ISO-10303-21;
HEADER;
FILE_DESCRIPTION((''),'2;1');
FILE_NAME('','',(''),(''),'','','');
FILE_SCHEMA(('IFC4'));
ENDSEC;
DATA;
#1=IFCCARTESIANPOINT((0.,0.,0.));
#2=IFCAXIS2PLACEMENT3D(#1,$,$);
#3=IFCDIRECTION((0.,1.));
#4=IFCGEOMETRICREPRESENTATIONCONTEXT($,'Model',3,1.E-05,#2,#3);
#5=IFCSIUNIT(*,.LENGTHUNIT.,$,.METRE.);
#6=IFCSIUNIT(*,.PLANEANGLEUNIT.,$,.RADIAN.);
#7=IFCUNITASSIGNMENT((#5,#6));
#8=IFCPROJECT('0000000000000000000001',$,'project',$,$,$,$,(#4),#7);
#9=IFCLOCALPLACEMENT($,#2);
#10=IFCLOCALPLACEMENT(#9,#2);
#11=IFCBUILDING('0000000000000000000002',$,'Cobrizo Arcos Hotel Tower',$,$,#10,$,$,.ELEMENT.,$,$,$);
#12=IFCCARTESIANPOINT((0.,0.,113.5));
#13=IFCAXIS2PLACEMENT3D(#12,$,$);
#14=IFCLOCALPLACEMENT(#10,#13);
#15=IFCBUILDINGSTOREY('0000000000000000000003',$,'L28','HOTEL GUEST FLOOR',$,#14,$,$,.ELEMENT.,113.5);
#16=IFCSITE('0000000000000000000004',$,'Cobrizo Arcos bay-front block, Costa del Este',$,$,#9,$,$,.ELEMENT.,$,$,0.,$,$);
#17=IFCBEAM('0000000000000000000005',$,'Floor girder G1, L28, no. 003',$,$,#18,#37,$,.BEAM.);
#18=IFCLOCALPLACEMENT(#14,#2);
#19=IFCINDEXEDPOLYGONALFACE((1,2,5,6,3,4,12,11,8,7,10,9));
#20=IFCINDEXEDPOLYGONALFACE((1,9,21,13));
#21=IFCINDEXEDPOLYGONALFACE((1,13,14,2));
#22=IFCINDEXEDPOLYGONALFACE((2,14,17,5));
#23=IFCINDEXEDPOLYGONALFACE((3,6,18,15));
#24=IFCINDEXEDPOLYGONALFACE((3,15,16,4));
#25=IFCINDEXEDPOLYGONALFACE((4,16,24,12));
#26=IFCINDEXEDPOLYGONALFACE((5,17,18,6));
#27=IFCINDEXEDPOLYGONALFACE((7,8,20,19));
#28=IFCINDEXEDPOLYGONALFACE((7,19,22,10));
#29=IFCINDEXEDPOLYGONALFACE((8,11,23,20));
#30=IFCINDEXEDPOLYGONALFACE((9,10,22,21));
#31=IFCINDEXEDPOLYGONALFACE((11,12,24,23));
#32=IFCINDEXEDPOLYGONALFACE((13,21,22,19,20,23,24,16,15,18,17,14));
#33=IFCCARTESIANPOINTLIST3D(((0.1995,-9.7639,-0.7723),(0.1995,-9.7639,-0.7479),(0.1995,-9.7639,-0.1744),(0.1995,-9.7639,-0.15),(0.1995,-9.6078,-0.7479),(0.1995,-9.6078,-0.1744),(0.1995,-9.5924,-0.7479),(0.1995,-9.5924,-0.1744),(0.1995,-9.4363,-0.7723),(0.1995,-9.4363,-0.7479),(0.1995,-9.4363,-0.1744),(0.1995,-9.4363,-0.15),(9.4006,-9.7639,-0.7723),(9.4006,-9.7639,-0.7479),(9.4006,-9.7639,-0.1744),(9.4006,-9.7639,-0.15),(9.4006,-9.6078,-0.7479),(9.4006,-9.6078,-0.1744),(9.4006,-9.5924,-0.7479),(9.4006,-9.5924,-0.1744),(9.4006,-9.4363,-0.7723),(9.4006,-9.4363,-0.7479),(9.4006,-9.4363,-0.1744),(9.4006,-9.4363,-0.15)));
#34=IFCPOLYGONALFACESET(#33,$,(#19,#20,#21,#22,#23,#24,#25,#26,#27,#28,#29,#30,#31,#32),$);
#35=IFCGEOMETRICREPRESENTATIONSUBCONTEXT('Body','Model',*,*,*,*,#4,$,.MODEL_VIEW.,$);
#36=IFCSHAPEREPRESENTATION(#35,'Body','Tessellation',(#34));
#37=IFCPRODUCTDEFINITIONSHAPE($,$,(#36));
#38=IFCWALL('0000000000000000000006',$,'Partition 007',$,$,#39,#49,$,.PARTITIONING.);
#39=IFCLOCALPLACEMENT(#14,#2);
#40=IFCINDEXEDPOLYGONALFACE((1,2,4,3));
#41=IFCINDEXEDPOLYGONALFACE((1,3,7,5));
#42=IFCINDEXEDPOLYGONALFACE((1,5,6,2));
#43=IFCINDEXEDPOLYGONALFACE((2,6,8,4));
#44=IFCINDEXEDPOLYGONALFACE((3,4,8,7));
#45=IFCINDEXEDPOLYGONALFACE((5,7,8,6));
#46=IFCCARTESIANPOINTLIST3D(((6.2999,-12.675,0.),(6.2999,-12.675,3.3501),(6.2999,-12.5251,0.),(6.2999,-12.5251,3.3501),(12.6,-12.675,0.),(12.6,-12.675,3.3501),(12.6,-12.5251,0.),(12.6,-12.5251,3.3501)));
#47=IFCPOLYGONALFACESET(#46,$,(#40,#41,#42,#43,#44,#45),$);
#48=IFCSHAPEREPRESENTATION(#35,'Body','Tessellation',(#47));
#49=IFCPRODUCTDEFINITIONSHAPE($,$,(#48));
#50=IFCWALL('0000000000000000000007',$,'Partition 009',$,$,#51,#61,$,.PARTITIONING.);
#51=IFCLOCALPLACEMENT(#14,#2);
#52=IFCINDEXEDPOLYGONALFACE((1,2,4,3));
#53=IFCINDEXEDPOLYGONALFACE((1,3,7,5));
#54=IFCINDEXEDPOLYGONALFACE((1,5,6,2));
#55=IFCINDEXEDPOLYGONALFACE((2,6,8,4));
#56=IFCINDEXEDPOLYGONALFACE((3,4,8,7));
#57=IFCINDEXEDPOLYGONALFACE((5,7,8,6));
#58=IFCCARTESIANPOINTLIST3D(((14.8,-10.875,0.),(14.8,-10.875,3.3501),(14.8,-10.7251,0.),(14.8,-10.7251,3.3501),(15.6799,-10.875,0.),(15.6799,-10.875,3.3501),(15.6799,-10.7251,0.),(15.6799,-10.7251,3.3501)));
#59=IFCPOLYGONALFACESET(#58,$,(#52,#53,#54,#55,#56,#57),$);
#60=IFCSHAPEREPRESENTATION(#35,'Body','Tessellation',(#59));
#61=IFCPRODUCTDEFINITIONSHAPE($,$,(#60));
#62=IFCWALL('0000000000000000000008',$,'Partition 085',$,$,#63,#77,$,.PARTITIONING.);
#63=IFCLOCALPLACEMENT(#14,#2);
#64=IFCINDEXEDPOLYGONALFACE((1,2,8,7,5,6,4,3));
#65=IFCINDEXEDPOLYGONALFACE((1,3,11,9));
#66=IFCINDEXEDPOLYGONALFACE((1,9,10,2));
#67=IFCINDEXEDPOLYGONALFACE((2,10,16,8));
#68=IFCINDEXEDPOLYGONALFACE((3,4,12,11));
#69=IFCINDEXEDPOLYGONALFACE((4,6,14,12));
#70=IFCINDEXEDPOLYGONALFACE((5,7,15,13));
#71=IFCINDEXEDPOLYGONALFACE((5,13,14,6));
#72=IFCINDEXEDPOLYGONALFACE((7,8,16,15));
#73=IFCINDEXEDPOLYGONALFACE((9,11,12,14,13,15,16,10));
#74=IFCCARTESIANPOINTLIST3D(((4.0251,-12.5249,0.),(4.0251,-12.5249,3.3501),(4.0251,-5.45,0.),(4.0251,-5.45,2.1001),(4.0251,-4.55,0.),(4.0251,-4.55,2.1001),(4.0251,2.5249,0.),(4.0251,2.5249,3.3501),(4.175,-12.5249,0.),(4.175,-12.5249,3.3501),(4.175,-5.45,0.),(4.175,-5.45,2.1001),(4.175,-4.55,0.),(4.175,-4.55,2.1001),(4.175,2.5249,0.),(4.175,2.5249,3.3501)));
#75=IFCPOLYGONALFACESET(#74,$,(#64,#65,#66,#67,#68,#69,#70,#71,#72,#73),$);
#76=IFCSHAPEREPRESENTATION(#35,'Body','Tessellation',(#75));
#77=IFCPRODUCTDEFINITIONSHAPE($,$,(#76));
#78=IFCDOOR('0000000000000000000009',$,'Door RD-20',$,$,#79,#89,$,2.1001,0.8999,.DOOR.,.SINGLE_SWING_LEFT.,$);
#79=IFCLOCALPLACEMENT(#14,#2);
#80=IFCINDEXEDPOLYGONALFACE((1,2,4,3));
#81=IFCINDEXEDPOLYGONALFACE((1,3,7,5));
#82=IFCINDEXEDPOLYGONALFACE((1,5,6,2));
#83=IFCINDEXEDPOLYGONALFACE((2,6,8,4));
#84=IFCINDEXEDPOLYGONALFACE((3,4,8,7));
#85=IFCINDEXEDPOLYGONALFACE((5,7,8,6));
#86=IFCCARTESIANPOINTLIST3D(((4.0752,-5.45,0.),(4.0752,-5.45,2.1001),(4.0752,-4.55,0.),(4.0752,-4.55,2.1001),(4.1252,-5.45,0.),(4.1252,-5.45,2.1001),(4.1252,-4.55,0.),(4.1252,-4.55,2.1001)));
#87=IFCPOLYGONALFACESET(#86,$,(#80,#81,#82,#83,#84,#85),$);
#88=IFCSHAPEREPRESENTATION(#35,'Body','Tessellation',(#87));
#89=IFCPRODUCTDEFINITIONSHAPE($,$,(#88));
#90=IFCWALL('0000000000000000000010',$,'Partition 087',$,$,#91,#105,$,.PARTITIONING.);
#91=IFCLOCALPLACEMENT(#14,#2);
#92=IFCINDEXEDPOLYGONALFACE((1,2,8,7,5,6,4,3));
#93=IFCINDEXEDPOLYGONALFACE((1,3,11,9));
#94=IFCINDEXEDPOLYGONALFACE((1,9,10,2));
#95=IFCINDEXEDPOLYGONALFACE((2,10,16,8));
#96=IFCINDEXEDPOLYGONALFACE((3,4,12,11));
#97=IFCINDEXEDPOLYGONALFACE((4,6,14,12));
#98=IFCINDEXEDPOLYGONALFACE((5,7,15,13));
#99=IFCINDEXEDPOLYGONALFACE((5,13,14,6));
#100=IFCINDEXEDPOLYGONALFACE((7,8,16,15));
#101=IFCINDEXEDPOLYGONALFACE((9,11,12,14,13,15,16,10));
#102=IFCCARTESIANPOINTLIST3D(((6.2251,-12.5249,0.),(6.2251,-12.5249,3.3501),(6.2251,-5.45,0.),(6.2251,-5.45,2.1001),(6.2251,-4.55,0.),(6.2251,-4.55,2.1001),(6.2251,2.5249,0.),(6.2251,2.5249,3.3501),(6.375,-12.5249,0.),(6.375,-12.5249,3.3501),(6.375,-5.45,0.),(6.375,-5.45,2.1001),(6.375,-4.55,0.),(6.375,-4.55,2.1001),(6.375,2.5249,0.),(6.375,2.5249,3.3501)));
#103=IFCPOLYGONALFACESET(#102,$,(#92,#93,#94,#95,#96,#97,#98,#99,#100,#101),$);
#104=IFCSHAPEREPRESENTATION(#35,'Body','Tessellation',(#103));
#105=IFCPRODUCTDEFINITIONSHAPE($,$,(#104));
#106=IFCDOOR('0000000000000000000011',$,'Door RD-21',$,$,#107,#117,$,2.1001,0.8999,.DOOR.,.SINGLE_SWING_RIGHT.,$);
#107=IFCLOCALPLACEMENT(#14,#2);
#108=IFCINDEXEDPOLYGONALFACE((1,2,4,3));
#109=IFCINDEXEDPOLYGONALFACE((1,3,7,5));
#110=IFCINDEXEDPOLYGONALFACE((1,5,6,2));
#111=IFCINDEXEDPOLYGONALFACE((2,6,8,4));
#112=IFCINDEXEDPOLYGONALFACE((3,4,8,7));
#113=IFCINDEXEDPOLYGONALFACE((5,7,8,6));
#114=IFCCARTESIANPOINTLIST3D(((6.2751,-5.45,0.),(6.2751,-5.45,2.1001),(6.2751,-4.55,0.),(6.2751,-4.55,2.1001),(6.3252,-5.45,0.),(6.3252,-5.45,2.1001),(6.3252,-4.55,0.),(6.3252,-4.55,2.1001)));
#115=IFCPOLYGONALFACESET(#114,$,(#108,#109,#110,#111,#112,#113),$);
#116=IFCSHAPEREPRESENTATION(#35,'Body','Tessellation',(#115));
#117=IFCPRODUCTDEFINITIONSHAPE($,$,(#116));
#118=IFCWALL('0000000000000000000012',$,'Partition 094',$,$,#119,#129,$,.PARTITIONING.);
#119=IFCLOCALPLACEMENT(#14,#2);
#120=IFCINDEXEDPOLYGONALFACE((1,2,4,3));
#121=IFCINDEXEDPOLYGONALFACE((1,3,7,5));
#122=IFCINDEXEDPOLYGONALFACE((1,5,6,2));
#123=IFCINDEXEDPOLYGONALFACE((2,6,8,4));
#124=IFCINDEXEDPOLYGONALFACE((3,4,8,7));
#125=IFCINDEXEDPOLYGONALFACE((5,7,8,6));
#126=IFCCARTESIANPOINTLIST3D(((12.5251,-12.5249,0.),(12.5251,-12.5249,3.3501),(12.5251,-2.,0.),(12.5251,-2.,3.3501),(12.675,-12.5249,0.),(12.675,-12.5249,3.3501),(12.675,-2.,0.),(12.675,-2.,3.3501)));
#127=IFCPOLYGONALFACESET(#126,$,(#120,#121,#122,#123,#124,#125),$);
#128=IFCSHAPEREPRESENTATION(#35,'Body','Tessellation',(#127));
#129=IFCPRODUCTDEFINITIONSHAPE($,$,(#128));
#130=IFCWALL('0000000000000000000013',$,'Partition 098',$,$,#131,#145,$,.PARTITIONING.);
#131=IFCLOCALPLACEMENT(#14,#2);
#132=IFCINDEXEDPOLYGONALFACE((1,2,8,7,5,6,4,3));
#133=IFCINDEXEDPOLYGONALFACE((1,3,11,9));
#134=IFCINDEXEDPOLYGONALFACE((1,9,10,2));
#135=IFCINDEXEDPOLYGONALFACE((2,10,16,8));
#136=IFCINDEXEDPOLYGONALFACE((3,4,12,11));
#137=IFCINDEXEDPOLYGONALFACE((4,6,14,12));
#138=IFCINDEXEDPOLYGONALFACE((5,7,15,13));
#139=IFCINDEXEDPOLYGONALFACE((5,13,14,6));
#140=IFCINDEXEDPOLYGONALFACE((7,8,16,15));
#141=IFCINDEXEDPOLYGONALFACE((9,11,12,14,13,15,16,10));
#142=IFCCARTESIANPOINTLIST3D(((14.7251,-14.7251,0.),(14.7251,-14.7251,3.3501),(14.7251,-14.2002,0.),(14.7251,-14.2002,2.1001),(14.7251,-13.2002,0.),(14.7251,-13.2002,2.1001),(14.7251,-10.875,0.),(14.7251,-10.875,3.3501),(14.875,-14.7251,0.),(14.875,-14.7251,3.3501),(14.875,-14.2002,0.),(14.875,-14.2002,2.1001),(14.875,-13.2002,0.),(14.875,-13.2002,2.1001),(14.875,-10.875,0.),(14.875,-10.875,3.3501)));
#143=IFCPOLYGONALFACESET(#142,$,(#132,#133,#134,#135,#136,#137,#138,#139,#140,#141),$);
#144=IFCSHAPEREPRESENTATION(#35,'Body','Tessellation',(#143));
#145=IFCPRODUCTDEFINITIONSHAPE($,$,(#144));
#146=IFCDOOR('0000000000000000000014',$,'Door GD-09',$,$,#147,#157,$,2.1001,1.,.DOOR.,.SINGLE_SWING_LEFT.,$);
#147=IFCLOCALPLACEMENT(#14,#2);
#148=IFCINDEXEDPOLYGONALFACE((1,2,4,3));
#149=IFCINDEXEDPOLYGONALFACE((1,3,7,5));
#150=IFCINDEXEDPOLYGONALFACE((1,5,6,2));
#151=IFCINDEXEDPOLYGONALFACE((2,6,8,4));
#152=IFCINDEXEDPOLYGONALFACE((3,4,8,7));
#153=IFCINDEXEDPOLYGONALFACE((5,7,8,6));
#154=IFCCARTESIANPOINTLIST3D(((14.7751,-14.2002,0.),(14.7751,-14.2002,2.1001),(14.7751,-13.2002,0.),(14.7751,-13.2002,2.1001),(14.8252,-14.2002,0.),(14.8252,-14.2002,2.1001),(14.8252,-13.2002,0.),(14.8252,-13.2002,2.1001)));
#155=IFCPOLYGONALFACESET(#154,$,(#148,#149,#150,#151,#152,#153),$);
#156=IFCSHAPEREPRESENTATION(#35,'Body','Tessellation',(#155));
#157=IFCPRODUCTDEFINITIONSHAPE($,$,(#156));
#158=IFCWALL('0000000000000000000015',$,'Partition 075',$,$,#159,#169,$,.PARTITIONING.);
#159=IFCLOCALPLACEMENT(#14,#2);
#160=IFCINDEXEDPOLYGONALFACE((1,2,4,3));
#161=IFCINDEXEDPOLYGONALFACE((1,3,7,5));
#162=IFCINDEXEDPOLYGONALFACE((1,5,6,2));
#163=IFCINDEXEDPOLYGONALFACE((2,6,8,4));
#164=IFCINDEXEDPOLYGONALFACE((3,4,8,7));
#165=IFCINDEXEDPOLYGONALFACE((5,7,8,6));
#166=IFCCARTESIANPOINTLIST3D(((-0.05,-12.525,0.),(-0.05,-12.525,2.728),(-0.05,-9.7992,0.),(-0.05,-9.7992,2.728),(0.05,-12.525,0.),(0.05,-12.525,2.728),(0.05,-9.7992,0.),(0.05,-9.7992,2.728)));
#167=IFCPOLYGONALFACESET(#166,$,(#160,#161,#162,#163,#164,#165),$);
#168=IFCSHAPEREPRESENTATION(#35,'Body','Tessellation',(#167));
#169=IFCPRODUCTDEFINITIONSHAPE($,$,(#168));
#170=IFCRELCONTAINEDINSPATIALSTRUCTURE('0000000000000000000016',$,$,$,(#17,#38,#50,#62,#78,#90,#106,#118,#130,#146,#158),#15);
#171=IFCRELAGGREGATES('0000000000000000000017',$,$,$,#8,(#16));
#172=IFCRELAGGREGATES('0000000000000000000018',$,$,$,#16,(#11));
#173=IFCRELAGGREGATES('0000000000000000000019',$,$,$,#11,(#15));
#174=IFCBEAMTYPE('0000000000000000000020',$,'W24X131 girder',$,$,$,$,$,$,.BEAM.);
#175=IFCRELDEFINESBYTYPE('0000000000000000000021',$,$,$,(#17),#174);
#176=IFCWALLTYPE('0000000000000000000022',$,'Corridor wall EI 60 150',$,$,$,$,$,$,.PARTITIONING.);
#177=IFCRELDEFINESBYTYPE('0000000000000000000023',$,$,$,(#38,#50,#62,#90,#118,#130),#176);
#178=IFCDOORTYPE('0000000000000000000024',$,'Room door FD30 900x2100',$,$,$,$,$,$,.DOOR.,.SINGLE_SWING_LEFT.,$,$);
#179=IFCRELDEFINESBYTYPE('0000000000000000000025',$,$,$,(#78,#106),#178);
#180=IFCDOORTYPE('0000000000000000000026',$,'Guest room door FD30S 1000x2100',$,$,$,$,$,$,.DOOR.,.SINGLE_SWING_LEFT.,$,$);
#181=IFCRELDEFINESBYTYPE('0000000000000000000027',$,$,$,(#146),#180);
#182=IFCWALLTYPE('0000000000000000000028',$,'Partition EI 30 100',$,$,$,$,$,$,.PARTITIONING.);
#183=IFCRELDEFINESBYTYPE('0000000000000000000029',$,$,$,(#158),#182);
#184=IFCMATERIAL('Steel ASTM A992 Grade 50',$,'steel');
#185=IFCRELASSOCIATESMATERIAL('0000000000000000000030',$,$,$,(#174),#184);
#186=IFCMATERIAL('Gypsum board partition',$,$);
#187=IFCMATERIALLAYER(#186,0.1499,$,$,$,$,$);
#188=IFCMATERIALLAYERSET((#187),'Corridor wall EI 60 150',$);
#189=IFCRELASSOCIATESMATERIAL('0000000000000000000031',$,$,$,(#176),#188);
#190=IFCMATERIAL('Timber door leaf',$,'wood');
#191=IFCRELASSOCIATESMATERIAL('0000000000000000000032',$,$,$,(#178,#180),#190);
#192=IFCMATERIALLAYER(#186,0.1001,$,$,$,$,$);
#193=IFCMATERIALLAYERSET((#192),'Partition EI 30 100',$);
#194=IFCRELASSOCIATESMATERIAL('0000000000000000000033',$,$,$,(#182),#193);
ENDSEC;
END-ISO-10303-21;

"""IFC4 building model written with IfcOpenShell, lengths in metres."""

from ifc_helpers import new_model, si_unit, direction, frame, frame_2d, origin, origin_2d, place, context, subcontext, project, spatial, rectangle, i_section, extrude, material, layer, layer_set, material_profile, profile_set, type_object, element, fill, save


model = new_model("IFC4")

# Units and contexts
model_context = context("Model", 3, precision=1e-05, world=origin(), true_north=direction((0.0, 1.0)))
body_context = subcontext(model_context, "Body", "Model", "MODEL_VIEW")
ifc_project = project(units=[si_unit("LENGTHUNIT", "METRE"), si_unit("PLANEANGLEUNIT", "RADIAN")], contexts=[model_context])

# Site, building, storey
site_placement = place(None, origin())
site = spatial("IfcSite", under=ifc_project, at=site_placement, Name="Cobrizo Arcos bay-front block, Costa del Este", CompositionType="ELEMENT", RefElevation=0.0)
building_placement = place(site_placement, origin())
building = spatial("IfcBuilding", under=site, at=building_placement, Name="Cobrizo Arcos Hotel Tower", CompositionType="ELEMENT")
storey_placement = place(building_placement, frame((0.0, 0.0, 113.5)))
storey = spatial("IfcBuildingStorey", under=building, at=storey_placement, Name="L28", Description="HOTEL GUEST FLOOR", CompositionType="ELEMENT", Elevation=113.5)

# Beam
ifc_material_1 = material(Name="Steel ASTM A992 Grade 50", Category="steel")
ifc_material_profile = material_profile(ifc_material_1, i_section(OverallWidth=0.3276, OverallDepth=0.6223, WebThickness=0.0154, FlangeThickness=0.0244, at=origin_2d()), Name="W24X131")
ifc_profile_set = profile_set([ifc_material_profile], Name="Steel ASTM A992 Grade 50")
beam_type = type_object("IfcBeamType", Name="W24X131 girder", PredefinedType="BEAM", material=ifc_profile_set)
beam_placement = place(storey_placement, frame((0.1995, -9.6001, -0.4612), z_axis=(1.0, 0.0, 0.0), x_axis=(0.0, 1.0, 0.0)))
element("IfcBeam", 1, at=beam_placement, inside=storey, type_object=beam_type, Name="Floor girder G1, L28, no. 003", PredefinedType="BEAM", context=body_context, shape_type="SweptSolid", body=[
    extrude(i_section(OverallWidth=0.3276, OverallDepth=0.6223, WebThickness=0.0154, FlangeThickness=0.0244, at=origin_2d()), origin(), (0.0, 0.0, 1.0), 9.2012),
])

# Walls
ifc_material_2 = material(Name="Gypsum board partition")
ifc_layer_1 = layer(ifc_material_2, 0.1499)
ifc_layer_set_1 = layer_set([ifc_layer_1], Name="Corridor wall EI 60 150")
wall_type_1 = type_object("IfcWallType", Name="Corridor wall EI 60 150", PredefinedType="PARTITIONING", material=ifc_layer_set_1)
wall_1_placement = place(storey_placement, frame((6.3, -12.6001, 0.0), z_axis=(0.0, 0.0, 1.0), x_axis=(1.0, 0.0, 0.0)))
element("IfcWall", 2, at=wall_1_placement, inside=storey, type_object=wall_type_1, Name="Partition 007", PredefinedType="PARTITIONING", context=body_context, shape_type="SweptSolid", body=[
    extrude(rectangle(XDim=6.3, YDim=0.1499, at=frame_2d((3.1499, 0.0))), origin(), (0.0, 0.0, 1.0), 3.3501),
])
wall_2_placement = place(storey_placement, frame((14.8, -10.8, 0.0), z_axis=(0.0, 0.0, 1.0), x_axis=(1.0, 0.0, 0.0)))
element("IfcWall", 3, at=wall_2_placement, inside=storey, type_object=wall_type_1, Name="Partition 009", PredefinedType="PARTITIONING", context=body_context, shape_type="SweptSolid", body=[
    extrude(rectangle(XDim=0.8799, YDim=0.1499, at=frame_2d((0.4399, 0.0))), origin(), (0.0, 0.0, 1.0), 3.3501),
])

# Walls, openings, doors
wall_3_placement = place(storey_placement, frame((4.1001, -12.5249, 0.0), z_axis=(0.0, 0.0, 1.0), x_axis=(0.0, 1.0, 0.0)))
wall_3 = element("IfcWall", 4, at=wall_3_placement, inside=storey, type_object=wall_type_1, Name="Partition 085", PredefinedType="PARTITIONING", context=body_context, shape_type="SweptSolid", body=[
    extrude(rectangle(XDim=15.0498, YDim=0.1499, at=frame_2d((7.5249, 0.0))), origin(), (0.0, 0.0, 1.0), 3.3501),
])
opening_1_placement = place(wall_3_placement, frame((7.075, 0.0, 0.0)))
opening_1 = element("IfcOpeningElement", 5, at=opening_1_placement, cuts=wall_3, PredefinedType="OPENING", context=body_context, shape_type="SweptSolid", body=[
    extrude(rectangle(XDim=0.8999, YDim=2.1001, at=frame_2d((0.45, 1.05))), frame((0.0, 0.0869, 0.0), z_axis=(0.0, -1.0, 0.0), x_axis=(1.0, 0.0, 0.0)), (0.0, 0.0, 1.0), 0.1738),
])
ifc_material_3 = material(Name="Timber door leaf", Category="wood")
door_type_1 = type_object("IfcDoorType", Name="Room door FD30 900x2100", OperationType="SINGLE_SWING_LEFT", PredefinedType="DOOR", material=ifc_material_3)
door_1_placement = place(opening_1_placement, origin())
door_1 = element("IfcDoor", 6, at=door_1_placement, inside=storey, type_object=door_type_1, Name="Door RD-20", OperationType="SINGLE_SWING_LEFT", OverallHeight=2.1001, OverallWidth=0.8999, PredefinedType="DOOR", context=body_context, shape_type="SweptSolid", body=[
    extrude(rectangle(XDim=0.8999, YDim=2.1001, at=frame_2d((0.45, 1.05))), frame((0.0, 0.0249, 0.0), z_axis=(0.0, -1.0, 0.0), x_axis=(1.0, 0.0, 0.0)), (0.0, 0.0, 1.0), 0.05),
])
fill(opening_1, door_1)
wall_4_placement = place(storey_placement, frame((6.3, -12.5249, 0.0), z_axis=(0.0, 0.0, 1.0), x_axis=(0.0, 1.0, 0.0)))
wall_4 = element("IfcWall", 7, at=wall_4_placement, inside=storey, type_object=wall_type_1, Name="Partition 087", PredefinedType="PARTITIONING", context=body_context, shape_type="SweptSolid", body=[
    extrude(rectangle(XDim=15.0498, YDim=0.1499, at=frame_2d((7.5249, 0.0))), origin(), (0.0, 0.0, 1.0), 3.3501),
])
opening_2_placement = place(wall_4_placement, frame((7.075, 0.0, 0.0)))
opening_2 = element("IfcOpeningElement", 8, at=opening_2_placement, cuts=wall_4, PredefinedType="OPENING", context=body_context, shape_type="SweptSolid", body=[
    extrude(rectangle(XDim=0.8999, YDim=2.1001, at=frame_2d((0.45, 1.05))), frame((0.0, 0.0869, 0.0), z_axis=(0.0, -1.0, 0.0), x_axis=(1.0, 0.0, 0.0)), (0.0, 0.0, 1.0), 0.1738),
])
door_2_placement = place(opening_2_placement, origin())
door_2 = element("IfcDoor", 9, at=door_2_placement, inside=storey, type_object=door_type_1, Name="Door RD-21", OperationType="SINGLE_SWING_RIGHT", OverallHeight=2.1001, OverallWidth=0.8999, PredefinedType="DOOR", context=body_context, shape_type="SweptSolid", body=[
    extrude(rectangle(XDim=0.8999, YDim=2.1001, at=frame_2d((0.45, 1.05))), frame((0.0, 0.0249, 0.0), z_axis=(0.0, -1.0, 0.0), x_axis=(1.0, 0.0, 0.0)), (0.0, 0.0, 1.0), 0.05),
])
fill(opening_2, door_2)

# Wall
wall_5_placement = place(storey_placement, frame((12.6001, -12.5249, 0.0), z_axis=(0.0, 0.0, 1.0), x_axis=(0.0, 1.0, 0.0)))
element("IfcWall", 10, at=wall_5_placement, inside=storey, type_object=wall_type_1, Name="Partition 094", PredefinedType="PARTITIONING", context=body_context, shape_type="SweptSolid", body=[
    extrude(rectangle(XDim=10.5249, YDim=0.1499, at=frame_2d((5.2625, 0.0))), origin(), (0.0, 0.0, 1.0), 3.3501),
])

# Wall, opening, door
wall_6_placement = place(storey_placement, frame((14.8, -14.7251, 0.0), z_axis=(0.0, 0.0, 1.0), x_axis=(0.0, 1.0, 0.0)))
wall_6 = element("IfcWall", 11, at=wall_6_placement, inside=storey, type_object=wall_type_1, Name="Partition 098", PredefinedType="PARTITIONING", context=body_context, shape_type="SweptSolid", body=[
    extrude(rectangle(XDim=3.8501, YDim=0.1499, at=frame_2d((1.925, 0.0))), origin(), (0.0, 0.0, 1.0), 3.3501),
])
opening_3_placement = place(wall_6_placement, frame((0.5249, 0.0, 0.0)))
opening_3 = element("IfcOpeningElement", 12, at=opening_3_placement, cuts=wall_6, PredefinedType="OPENING", context=body_context, shape_type="SweptSolid", body=[
    extrude(rectangle(XDim=1.0, YDim=2.1001, at=frame_2d((0.5, 1.05))), frame((0.0, 0.0869, 0.0), z_axis=(0.0, -1.0, 0.0), x_axis=(1.0, 0.0, 0.0)), (0.0, 0.0, 1.0), 0.1738),
])
door_type_2 = type_object("IfcDoorType", Name="Guest room door FD30S 1000x2100", OperationType="SINGLE_SWING_LEFT", PredefinedType="DOOR", material=ifc_material_3)
door_3_placement = place(opening_3_placement, origin())
door_3 = element("IfcDoor", 13, at=door_3_placement, inside=storey, type_object=door_type_2, Name="Door GD-09", OperationType="SINGLE_SWING_LEFT", OverallHeight=2.1001, OverallWidth=1.0, PredefinedType="DOOR", context=body_context, shape_type="SweptSolid", body=[
    extrude(rectangle(XDim=1.0, YDim=2.1001, at=frame_2d((0.5, 1.05))), frame((0.0, 0.0249, 0.0), z_axis=(0.0, -1.0, 0.0), x_axis=(1.0, 0.0, 0.0)), (0.0, 0.0, 1.0), 0.05),
])
fill(opening_3, door_3)

# Wall
ifc_layer_2 = layer(ifc_material_2, 0.1001)
ifc_layer_set_2 = layer_set([ifc_layer_2], Name="Partition EI 30 100")
wall_type_2 = type_object("IfcWallType", Name="Partition EI 30 100", PredefinedType="PARTITIONING", material=ifc_layer_set_2)
wall_7_placement = place(storey_placement, frame((0.0, -12.5249, 0.0), z_axis=(0.0, 0.0, 1.0), x_axis=(0.0, 1.0, 0.0)))
element("IfcWall", 14, at=wall_7_placement, inside=storey, type_object=wall_type_2, Name="Partition 075", PredefinedType="PARTITIONING", context=body_context, shape_type="SweptSolid", body=[
    extrude(rectangle(XDim=2.7258, YDim=0.1001, at=frame_2d((1.3628, 0.0))), origin(), (0.0, 0.0, 1.0), 2.728),
])

save(model, "model.ifc")
